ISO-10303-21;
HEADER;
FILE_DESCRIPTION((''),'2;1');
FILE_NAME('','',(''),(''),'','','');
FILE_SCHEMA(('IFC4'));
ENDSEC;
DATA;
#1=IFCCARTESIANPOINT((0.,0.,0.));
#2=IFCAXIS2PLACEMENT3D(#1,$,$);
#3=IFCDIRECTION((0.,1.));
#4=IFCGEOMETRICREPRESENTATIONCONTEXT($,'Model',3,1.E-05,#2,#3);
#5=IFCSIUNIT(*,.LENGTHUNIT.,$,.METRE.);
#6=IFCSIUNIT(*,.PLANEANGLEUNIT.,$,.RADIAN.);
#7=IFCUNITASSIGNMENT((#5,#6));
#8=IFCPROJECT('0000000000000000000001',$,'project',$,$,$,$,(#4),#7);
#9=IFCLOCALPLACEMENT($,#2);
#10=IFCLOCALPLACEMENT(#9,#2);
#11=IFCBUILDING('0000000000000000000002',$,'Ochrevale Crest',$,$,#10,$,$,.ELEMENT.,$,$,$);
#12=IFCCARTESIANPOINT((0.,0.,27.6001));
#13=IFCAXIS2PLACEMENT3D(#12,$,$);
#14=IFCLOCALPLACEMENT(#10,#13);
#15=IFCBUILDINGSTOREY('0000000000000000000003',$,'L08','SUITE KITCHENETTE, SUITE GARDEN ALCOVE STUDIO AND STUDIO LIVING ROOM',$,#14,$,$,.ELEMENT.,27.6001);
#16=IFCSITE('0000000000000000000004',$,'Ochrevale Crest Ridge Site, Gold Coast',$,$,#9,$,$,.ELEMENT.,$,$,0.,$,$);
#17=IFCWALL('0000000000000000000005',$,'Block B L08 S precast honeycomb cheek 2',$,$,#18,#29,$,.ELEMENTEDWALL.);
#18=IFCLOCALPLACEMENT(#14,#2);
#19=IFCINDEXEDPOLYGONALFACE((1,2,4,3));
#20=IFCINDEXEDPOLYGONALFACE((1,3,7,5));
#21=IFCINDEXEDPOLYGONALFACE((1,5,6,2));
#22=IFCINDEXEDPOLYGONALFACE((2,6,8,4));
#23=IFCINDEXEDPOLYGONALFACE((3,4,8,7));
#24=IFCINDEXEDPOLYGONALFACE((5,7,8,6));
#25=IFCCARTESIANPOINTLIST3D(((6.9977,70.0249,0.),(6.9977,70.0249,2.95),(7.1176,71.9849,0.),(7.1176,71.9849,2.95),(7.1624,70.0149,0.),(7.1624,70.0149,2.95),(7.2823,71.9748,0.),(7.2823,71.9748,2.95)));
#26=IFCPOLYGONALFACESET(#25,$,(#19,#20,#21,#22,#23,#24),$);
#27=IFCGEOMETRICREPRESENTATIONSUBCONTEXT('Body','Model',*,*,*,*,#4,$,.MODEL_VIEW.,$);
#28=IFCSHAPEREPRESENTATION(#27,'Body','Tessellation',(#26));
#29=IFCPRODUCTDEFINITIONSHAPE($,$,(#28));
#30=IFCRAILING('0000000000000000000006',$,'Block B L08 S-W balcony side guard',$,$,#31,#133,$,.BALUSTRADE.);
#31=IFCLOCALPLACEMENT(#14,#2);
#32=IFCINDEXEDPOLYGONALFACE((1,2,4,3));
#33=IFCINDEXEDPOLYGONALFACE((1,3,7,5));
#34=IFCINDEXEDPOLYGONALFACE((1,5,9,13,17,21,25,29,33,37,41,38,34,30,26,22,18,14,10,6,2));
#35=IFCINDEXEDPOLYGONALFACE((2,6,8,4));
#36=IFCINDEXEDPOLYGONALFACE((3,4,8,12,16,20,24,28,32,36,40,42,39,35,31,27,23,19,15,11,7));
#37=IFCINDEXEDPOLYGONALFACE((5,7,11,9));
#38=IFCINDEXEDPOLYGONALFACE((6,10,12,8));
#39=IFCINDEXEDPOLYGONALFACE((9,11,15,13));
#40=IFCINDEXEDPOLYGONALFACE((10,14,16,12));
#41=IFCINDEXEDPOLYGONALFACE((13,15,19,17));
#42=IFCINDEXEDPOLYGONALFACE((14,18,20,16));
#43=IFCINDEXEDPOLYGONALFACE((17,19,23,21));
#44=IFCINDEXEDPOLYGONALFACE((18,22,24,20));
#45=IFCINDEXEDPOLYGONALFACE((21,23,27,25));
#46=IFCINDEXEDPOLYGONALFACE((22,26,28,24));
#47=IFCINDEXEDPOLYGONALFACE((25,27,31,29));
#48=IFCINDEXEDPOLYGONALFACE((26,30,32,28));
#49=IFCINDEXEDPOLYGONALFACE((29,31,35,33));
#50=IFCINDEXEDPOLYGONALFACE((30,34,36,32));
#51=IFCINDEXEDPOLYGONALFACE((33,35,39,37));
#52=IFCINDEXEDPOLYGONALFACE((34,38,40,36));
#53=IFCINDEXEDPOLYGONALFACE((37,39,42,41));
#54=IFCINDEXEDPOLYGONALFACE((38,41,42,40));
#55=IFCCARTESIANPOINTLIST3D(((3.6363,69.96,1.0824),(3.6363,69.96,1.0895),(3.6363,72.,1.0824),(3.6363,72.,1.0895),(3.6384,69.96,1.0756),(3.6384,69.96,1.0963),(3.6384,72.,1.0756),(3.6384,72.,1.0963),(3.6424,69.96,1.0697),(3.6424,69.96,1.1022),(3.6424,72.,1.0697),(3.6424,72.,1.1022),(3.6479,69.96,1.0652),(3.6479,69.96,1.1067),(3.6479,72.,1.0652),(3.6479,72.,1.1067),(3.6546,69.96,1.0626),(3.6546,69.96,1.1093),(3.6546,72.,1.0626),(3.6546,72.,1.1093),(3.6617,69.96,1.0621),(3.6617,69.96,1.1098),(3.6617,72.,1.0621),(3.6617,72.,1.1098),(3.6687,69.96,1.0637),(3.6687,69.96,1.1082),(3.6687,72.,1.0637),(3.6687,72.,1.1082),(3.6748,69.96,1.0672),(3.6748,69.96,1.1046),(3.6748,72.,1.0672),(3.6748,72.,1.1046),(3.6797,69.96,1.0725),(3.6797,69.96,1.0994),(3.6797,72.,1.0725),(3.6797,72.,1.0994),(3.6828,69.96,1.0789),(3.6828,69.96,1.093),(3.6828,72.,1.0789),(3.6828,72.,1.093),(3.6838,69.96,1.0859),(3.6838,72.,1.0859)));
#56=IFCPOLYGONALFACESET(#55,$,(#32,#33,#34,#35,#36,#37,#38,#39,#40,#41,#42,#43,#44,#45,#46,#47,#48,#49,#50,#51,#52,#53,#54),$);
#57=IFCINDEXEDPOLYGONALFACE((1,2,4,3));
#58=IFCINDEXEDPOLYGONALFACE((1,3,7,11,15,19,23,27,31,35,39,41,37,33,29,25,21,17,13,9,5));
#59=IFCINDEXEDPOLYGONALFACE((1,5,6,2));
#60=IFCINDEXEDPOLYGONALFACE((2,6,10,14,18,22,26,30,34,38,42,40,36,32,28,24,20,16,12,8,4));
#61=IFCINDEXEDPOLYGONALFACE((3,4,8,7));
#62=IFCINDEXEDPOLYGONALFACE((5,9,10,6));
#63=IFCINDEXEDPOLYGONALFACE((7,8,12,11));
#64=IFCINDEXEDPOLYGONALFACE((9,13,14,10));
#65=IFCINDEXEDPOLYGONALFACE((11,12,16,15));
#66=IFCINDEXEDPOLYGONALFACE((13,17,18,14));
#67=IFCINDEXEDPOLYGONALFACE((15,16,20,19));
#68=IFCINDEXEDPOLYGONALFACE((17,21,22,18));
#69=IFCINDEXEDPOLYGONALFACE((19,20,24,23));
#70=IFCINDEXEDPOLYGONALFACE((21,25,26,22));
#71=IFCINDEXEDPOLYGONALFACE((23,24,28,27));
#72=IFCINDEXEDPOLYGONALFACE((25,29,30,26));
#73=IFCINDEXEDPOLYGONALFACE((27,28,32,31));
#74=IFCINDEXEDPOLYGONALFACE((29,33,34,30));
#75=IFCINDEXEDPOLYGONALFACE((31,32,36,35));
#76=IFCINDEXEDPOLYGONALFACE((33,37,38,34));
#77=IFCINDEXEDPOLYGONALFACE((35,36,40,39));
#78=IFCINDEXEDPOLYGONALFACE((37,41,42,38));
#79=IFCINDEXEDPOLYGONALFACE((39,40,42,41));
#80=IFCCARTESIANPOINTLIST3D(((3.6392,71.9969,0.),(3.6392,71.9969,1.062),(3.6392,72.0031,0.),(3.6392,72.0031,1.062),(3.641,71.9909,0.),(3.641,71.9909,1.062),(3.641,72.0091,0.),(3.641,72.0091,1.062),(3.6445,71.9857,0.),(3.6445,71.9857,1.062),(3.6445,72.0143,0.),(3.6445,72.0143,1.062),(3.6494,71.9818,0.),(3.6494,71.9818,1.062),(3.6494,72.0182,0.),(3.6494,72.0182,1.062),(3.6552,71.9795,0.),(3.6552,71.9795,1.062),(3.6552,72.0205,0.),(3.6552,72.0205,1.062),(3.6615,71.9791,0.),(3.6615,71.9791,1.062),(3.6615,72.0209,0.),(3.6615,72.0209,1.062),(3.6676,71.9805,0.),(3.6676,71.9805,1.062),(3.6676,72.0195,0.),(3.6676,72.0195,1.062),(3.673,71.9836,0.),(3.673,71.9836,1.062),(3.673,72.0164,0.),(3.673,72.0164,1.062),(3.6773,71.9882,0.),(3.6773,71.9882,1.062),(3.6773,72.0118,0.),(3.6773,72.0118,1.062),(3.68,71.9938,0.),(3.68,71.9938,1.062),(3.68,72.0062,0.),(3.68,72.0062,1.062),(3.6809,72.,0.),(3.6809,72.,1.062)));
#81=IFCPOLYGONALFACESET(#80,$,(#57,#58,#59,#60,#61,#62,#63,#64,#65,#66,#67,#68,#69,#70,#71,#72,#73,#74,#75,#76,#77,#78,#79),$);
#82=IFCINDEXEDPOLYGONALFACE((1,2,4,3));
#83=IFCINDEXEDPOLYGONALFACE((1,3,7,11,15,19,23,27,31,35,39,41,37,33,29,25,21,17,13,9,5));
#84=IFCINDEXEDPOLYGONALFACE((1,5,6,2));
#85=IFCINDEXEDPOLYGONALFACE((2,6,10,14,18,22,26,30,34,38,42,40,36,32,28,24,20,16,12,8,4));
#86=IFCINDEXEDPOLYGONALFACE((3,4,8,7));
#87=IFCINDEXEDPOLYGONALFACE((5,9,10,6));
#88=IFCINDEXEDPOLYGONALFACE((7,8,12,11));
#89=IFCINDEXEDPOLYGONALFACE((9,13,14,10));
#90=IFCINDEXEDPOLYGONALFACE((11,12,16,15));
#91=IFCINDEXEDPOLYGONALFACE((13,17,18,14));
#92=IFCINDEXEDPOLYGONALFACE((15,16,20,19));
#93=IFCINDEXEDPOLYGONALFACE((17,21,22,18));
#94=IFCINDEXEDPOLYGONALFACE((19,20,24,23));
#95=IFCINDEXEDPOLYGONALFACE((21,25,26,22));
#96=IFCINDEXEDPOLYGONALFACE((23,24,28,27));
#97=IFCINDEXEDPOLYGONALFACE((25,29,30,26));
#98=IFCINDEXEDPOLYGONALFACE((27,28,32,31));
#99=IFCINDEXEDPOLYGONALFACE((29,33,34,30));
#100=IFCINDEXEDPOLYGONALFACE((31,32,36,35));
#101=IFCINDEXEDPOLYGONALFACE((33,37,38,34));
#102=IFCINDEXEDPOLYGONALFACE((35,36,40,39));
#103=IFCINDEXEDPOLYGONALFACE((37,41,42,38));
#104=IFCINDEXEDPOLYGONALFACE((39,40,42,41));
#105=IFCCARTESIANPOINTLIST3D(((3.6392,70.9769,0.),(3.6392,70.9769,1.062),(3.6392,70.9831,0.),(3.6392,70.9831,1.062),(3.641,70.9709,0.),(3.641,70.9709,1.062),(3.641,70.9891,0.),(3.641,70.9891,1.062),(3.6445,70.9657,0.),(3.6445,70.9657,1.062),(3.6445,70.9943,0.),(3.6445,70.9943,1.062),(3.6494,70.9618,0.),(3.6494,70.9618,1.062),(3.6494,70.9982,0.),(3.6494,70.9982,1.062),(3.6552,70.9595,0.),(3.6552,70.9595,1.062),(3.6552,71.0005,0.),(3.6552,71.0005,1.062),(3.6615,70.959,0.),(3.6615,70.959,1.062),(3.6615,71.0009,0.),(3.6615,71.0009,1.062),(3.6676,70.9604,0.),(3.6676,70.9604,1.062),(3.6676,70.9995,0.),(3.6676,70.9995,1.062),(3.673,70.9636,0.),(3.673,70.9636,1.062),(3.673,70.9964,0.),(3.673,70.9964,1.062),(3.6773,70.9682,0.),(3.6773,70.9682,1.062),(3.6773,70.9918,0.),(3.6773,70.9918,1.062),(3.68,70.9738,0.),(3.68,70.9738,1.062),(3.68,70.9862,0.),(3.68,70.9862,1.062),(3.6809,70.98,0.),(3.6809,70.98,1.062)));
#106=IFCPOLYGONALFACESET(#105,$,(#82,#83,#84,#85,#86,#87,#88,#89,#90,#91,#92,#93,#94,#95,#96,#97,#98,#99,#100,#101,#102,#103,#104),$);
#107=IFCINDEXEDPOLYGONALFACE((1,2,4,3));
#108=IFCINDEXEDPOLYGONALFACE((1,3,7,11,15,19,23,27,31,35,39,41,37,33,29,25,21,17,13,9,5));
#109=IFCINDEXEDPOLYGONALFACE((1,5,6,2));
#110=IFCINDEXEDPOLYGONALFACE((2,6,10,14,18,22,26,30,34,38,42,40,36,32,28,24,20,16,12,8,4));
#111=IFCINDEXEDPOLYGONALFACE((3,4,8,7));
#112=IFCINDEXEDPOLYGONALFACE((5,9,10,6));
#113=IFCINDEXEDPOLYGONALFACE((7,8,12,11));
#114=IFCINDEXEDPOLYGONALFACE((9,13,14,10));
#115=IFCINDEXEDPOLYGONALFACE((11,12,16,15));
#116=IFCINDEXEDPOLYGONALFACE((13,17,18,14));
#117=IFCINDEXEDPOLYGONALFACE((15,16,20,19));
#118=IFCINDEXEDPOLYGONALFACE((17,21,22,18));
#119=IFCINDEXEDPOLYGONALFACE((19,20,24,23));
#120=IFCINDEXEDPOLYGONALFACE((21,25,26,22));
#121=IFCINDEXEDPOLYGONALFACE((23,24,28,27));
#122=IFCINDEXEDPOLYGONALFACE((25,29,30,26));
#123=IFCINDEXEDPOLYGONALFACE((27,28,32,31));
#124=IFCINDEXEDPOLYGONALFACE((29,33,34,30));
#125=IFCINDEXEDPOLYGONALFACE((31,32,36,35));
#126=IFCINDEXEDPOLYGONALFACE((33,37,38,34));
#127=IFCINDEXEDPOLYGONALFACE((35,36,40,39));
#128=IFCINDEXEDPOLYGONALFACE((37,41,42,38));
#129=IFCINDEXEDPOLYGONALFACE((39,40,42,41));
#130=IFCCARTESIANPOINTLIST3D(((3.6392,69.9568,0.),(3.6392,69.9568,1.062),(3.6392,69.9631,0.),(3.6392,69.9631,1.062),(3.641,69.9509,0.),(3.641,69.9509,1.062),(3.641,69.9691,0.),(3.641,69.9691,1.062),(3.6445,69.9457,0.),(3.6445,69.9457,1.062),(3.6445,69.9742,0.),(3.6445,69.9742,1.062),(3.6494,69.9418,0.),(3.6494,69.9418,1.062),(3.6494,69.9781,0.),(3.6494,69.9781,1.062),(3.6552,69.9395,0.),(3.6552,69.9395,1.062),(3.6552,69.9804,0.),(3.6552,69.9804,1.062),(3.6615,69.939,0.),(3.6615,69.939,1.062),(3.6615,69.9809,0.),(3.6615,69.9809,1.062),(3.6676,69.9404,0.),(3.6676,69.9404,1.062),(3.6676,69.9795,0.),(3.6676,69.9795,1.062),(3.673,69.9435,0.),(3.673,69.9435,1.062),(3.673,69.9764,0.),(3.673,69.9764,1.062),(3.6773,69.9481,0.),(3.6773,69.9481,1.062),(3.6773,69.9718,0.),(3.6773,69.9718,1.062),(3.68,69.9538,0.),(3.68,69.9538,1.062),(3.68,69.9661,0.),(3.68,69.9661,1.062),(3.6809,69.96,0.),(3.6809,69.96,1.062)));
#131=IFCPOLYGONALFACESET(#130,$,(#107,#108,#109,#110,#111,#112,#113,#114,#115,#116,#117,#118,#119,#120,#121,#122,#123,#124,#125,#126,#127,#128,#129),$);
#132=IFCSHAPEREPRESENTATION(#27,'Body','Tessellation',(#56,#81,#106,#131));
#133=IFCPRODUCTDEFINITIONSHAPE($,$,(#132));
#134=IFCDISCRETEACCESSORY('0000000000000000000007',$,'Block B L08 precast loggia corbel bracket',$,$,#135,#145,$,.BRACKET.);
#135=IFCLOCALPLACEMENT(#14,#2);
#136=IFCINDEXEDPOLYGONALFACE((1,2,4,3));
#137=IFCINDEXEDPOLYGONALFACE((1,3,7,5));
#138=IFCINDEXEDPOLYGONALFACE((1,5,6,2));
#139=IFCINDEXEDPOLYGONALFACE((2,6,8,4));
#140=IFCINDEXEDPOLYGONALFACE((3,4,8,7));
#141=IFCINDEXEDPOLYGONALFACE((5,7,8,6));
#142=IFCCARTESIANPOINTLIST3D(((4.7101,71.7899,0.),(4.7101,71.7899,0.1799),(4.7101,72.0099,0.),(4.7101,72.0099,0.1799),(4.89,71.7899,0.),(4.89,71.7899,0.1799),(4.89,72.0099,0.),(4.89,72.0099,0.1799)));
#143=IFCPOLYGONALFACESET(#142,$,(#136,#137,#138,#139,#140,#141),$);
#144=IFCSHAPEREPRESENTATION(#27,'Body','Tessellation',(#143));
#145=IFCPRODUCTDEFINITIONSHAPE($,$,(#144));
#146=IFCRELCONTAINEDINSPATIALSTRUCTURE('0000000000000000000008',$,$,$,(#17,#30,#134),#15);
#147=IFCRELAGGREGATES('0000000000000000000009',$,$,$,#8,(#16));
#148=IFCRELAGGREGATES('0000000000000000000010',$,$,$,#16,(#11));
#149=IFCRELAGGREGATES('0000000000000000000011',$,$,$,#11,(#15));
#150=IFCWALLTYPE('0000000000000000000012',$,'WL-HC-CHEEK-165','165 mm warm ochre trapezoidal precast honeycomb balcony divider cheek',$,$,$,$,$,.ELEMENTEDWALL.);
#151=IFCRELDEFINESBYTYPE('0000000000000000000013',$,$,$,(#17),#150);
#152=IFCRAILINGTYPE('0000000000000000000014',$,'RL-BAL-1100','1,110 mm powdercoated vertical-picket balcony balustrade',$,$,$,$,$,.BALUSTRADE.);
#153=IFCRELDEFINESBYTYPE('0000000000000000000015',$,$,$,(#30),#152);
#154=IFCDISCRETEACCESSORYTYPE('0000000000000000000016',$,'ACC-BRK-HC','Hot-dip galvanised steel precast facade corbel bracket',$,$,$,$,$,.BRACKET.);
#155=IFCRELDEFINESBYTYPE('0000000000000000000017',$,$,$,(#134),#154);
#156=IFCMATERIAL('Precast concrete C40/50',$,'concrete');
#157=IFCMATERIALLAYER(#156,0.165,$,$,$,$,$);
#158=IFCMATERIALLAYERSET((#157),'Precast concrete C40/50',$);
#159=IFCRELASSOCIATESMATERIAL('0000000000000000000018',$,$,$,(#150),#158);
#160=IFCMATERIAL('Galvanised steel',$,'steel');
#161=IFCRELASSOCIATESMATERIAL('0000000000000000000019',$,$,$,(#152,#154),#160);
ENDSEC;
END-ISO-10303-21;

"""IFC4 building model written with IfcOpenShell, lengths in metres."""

from ifc_helpers import new_model, si_unit, direction, frame, frame_2d, origin, origin_2d, place, context, subcontext, project, spatial, rectangle, circle, extrude, material, layer, layer_set, type_object, element, save


model = new_model("IFC4")

# Units and contexts
model_context = context("Model", 3, precision=1e-05, world=origin(), true_north=direction((0.0, 1.0)))
body_context = subcontext(model_context, "Body", "Model", "MODEL_VIEW")
ifc_project = project(units=[si_unit("LENGTHUNIT", "METRE"), si_unit("PLANEANGLEUNIT", "RADIAN")], contexts=[model_context])

# Site, building, storey
site_placement = place(None, origin())
site = spatial("IfcSite", under=ifc_project, at=site_placement, Name="Ochrevale Crest Ridge Site, Gold Coast", CompositionType="ELEMENT", RefElevation=0.0)
building_placement = place(site_placement, origin())
building = spatial("IfcBuilding", under=site, at=building_placement, Name="Ochrevale Crest", CompositionType="ELEMENT")
storey_placement = place(building_placement, frame((0.0, 0.0, 27.6001)))
storey = spatial("IfcBuildingStorey", under=building, at=storey_placement, Name="L08", Description="SUITE KITCHENETTE, SUITE GARDEN ALCOVE STUDIO AND STUDIO LIVING ROOM", CompositionType="ELEMENT", Elevation=27.6001)

# Shared definitions
ifc_material_1 = material(Name="Precast concrete C40/50", Category="concrete")

# Wall
ifc_layer_1 = layer(ifc_material_1, 0.165)
ifc_layer_set_1 = layer_set([ifc_layer_1], Name="Precast concrete C40/50")
wall_type_1 = type_object("IfcWallType", Name="WL-HC-CHEEK-165", Description="165 mm warm ochre trapezoidal precast honeycomb balcony divider cheek", PredefinedType="ELEMENTEDWALL", material=ifc_layer_set_1)
for number, where, z_axis, x_axis, name in (
    (1, (7.2, 71.98, 0.0), (0.0, 0.0, 1.0), (-0.061047, -0.998135, 0.0), "Block B L08 S precast honeycomb cheek 2"),
):
    element("IfcWall", number, at=place(storey_placement, frame(where, z_axis=z_axis, x_axis=x_axis)), inside=storey, type_object=wall_type_1, Name=name, PredefinedType="ELEMENTEDWALL", context=body_context, shape_type="SweptSolid", body=[
        extrude(rectangle(XDim=1.9636, YDim=0.165, at=frame_2d((0.9819, 0.0))), origin(), (0.0, 0.0, 1.0), 2.95),
    ])

# Railing
ifc_material_2 = material(Name="Galvanised steel", Category="steel")
railing_type = type_object("IfcRailingType", Name="RL-BAL-1100", Description="1,110 mm powdercoated vertical-picket balcony balustrade", PredefinedType="BALUSTRADE", material=ifc_material_2)
railing_placement = place(storey_placement, frame((3.6599, 72.0, 0.0)))
element("IfcRailing", 2, at=railing_placement, inside=storey, type_object=railing_type, Name="Block B L08 S-W balcony side guard", PredefinedType="BALUSTRADE", context=body_context, shape_type="SweptSolid", body=[
    extrude(circle(Radius=0.0239, at=origin_2d()), frame((0.0, 0.0, 1.0859), z_axis=(0.0, -1.0, 0.0), x_axis=(1.0, 0.0, 0.0)), (0.0, 0.0, 1.0), 2.04),
    extrude(circle(Radius=0.021, at=origin_2d()), origin(), (0.0, 0.0, 1.0), 1.062),
    extrude(circle(Radius=0.021, at=origin_2d()), frame((0.0, -1.02, 0.0)), (0.0, 0.0, 1.0), 1.062),
    extrude(circle(Radius=0.021, at=origin_2d()), frame((0.0, -2.04, 0.0)), (0.0, 0.0, 1.0), 1.062),
])

# Discrete accessory
discrete_accessory_type = type_object("IfcDiscreteAccessoryType", Name="ACC-BRK-HC", Description="Hot-dip galvanised steel precast facade corbel bracket", PredefinedType="BRACKET", material=ifc_material_2)
discrete_accessory_placement = place(storey_placement, frame((4.8, 71.8999, 0.0), z_axis=(0.0, 0.0, 1.0), x_axis=(1.0, 0.0, 0.0)))
element("IfcDiscreteAccessory", 3, at=discrete_accessory_placement, inside=storey, type_object=discrete_accessory_type, Name="Block B L08 precast loggia corbel bracket", PredefinedType="BRACKET", context=body_context, shape_type="SweptSolid", body=[
    extrude(rectangle(XDim=0.1799, YDim=0.22, at=origin_2d()), origin(), (0.0, 0.0, 1.0), 0.1799),
])

save(model, "model.ifc")
